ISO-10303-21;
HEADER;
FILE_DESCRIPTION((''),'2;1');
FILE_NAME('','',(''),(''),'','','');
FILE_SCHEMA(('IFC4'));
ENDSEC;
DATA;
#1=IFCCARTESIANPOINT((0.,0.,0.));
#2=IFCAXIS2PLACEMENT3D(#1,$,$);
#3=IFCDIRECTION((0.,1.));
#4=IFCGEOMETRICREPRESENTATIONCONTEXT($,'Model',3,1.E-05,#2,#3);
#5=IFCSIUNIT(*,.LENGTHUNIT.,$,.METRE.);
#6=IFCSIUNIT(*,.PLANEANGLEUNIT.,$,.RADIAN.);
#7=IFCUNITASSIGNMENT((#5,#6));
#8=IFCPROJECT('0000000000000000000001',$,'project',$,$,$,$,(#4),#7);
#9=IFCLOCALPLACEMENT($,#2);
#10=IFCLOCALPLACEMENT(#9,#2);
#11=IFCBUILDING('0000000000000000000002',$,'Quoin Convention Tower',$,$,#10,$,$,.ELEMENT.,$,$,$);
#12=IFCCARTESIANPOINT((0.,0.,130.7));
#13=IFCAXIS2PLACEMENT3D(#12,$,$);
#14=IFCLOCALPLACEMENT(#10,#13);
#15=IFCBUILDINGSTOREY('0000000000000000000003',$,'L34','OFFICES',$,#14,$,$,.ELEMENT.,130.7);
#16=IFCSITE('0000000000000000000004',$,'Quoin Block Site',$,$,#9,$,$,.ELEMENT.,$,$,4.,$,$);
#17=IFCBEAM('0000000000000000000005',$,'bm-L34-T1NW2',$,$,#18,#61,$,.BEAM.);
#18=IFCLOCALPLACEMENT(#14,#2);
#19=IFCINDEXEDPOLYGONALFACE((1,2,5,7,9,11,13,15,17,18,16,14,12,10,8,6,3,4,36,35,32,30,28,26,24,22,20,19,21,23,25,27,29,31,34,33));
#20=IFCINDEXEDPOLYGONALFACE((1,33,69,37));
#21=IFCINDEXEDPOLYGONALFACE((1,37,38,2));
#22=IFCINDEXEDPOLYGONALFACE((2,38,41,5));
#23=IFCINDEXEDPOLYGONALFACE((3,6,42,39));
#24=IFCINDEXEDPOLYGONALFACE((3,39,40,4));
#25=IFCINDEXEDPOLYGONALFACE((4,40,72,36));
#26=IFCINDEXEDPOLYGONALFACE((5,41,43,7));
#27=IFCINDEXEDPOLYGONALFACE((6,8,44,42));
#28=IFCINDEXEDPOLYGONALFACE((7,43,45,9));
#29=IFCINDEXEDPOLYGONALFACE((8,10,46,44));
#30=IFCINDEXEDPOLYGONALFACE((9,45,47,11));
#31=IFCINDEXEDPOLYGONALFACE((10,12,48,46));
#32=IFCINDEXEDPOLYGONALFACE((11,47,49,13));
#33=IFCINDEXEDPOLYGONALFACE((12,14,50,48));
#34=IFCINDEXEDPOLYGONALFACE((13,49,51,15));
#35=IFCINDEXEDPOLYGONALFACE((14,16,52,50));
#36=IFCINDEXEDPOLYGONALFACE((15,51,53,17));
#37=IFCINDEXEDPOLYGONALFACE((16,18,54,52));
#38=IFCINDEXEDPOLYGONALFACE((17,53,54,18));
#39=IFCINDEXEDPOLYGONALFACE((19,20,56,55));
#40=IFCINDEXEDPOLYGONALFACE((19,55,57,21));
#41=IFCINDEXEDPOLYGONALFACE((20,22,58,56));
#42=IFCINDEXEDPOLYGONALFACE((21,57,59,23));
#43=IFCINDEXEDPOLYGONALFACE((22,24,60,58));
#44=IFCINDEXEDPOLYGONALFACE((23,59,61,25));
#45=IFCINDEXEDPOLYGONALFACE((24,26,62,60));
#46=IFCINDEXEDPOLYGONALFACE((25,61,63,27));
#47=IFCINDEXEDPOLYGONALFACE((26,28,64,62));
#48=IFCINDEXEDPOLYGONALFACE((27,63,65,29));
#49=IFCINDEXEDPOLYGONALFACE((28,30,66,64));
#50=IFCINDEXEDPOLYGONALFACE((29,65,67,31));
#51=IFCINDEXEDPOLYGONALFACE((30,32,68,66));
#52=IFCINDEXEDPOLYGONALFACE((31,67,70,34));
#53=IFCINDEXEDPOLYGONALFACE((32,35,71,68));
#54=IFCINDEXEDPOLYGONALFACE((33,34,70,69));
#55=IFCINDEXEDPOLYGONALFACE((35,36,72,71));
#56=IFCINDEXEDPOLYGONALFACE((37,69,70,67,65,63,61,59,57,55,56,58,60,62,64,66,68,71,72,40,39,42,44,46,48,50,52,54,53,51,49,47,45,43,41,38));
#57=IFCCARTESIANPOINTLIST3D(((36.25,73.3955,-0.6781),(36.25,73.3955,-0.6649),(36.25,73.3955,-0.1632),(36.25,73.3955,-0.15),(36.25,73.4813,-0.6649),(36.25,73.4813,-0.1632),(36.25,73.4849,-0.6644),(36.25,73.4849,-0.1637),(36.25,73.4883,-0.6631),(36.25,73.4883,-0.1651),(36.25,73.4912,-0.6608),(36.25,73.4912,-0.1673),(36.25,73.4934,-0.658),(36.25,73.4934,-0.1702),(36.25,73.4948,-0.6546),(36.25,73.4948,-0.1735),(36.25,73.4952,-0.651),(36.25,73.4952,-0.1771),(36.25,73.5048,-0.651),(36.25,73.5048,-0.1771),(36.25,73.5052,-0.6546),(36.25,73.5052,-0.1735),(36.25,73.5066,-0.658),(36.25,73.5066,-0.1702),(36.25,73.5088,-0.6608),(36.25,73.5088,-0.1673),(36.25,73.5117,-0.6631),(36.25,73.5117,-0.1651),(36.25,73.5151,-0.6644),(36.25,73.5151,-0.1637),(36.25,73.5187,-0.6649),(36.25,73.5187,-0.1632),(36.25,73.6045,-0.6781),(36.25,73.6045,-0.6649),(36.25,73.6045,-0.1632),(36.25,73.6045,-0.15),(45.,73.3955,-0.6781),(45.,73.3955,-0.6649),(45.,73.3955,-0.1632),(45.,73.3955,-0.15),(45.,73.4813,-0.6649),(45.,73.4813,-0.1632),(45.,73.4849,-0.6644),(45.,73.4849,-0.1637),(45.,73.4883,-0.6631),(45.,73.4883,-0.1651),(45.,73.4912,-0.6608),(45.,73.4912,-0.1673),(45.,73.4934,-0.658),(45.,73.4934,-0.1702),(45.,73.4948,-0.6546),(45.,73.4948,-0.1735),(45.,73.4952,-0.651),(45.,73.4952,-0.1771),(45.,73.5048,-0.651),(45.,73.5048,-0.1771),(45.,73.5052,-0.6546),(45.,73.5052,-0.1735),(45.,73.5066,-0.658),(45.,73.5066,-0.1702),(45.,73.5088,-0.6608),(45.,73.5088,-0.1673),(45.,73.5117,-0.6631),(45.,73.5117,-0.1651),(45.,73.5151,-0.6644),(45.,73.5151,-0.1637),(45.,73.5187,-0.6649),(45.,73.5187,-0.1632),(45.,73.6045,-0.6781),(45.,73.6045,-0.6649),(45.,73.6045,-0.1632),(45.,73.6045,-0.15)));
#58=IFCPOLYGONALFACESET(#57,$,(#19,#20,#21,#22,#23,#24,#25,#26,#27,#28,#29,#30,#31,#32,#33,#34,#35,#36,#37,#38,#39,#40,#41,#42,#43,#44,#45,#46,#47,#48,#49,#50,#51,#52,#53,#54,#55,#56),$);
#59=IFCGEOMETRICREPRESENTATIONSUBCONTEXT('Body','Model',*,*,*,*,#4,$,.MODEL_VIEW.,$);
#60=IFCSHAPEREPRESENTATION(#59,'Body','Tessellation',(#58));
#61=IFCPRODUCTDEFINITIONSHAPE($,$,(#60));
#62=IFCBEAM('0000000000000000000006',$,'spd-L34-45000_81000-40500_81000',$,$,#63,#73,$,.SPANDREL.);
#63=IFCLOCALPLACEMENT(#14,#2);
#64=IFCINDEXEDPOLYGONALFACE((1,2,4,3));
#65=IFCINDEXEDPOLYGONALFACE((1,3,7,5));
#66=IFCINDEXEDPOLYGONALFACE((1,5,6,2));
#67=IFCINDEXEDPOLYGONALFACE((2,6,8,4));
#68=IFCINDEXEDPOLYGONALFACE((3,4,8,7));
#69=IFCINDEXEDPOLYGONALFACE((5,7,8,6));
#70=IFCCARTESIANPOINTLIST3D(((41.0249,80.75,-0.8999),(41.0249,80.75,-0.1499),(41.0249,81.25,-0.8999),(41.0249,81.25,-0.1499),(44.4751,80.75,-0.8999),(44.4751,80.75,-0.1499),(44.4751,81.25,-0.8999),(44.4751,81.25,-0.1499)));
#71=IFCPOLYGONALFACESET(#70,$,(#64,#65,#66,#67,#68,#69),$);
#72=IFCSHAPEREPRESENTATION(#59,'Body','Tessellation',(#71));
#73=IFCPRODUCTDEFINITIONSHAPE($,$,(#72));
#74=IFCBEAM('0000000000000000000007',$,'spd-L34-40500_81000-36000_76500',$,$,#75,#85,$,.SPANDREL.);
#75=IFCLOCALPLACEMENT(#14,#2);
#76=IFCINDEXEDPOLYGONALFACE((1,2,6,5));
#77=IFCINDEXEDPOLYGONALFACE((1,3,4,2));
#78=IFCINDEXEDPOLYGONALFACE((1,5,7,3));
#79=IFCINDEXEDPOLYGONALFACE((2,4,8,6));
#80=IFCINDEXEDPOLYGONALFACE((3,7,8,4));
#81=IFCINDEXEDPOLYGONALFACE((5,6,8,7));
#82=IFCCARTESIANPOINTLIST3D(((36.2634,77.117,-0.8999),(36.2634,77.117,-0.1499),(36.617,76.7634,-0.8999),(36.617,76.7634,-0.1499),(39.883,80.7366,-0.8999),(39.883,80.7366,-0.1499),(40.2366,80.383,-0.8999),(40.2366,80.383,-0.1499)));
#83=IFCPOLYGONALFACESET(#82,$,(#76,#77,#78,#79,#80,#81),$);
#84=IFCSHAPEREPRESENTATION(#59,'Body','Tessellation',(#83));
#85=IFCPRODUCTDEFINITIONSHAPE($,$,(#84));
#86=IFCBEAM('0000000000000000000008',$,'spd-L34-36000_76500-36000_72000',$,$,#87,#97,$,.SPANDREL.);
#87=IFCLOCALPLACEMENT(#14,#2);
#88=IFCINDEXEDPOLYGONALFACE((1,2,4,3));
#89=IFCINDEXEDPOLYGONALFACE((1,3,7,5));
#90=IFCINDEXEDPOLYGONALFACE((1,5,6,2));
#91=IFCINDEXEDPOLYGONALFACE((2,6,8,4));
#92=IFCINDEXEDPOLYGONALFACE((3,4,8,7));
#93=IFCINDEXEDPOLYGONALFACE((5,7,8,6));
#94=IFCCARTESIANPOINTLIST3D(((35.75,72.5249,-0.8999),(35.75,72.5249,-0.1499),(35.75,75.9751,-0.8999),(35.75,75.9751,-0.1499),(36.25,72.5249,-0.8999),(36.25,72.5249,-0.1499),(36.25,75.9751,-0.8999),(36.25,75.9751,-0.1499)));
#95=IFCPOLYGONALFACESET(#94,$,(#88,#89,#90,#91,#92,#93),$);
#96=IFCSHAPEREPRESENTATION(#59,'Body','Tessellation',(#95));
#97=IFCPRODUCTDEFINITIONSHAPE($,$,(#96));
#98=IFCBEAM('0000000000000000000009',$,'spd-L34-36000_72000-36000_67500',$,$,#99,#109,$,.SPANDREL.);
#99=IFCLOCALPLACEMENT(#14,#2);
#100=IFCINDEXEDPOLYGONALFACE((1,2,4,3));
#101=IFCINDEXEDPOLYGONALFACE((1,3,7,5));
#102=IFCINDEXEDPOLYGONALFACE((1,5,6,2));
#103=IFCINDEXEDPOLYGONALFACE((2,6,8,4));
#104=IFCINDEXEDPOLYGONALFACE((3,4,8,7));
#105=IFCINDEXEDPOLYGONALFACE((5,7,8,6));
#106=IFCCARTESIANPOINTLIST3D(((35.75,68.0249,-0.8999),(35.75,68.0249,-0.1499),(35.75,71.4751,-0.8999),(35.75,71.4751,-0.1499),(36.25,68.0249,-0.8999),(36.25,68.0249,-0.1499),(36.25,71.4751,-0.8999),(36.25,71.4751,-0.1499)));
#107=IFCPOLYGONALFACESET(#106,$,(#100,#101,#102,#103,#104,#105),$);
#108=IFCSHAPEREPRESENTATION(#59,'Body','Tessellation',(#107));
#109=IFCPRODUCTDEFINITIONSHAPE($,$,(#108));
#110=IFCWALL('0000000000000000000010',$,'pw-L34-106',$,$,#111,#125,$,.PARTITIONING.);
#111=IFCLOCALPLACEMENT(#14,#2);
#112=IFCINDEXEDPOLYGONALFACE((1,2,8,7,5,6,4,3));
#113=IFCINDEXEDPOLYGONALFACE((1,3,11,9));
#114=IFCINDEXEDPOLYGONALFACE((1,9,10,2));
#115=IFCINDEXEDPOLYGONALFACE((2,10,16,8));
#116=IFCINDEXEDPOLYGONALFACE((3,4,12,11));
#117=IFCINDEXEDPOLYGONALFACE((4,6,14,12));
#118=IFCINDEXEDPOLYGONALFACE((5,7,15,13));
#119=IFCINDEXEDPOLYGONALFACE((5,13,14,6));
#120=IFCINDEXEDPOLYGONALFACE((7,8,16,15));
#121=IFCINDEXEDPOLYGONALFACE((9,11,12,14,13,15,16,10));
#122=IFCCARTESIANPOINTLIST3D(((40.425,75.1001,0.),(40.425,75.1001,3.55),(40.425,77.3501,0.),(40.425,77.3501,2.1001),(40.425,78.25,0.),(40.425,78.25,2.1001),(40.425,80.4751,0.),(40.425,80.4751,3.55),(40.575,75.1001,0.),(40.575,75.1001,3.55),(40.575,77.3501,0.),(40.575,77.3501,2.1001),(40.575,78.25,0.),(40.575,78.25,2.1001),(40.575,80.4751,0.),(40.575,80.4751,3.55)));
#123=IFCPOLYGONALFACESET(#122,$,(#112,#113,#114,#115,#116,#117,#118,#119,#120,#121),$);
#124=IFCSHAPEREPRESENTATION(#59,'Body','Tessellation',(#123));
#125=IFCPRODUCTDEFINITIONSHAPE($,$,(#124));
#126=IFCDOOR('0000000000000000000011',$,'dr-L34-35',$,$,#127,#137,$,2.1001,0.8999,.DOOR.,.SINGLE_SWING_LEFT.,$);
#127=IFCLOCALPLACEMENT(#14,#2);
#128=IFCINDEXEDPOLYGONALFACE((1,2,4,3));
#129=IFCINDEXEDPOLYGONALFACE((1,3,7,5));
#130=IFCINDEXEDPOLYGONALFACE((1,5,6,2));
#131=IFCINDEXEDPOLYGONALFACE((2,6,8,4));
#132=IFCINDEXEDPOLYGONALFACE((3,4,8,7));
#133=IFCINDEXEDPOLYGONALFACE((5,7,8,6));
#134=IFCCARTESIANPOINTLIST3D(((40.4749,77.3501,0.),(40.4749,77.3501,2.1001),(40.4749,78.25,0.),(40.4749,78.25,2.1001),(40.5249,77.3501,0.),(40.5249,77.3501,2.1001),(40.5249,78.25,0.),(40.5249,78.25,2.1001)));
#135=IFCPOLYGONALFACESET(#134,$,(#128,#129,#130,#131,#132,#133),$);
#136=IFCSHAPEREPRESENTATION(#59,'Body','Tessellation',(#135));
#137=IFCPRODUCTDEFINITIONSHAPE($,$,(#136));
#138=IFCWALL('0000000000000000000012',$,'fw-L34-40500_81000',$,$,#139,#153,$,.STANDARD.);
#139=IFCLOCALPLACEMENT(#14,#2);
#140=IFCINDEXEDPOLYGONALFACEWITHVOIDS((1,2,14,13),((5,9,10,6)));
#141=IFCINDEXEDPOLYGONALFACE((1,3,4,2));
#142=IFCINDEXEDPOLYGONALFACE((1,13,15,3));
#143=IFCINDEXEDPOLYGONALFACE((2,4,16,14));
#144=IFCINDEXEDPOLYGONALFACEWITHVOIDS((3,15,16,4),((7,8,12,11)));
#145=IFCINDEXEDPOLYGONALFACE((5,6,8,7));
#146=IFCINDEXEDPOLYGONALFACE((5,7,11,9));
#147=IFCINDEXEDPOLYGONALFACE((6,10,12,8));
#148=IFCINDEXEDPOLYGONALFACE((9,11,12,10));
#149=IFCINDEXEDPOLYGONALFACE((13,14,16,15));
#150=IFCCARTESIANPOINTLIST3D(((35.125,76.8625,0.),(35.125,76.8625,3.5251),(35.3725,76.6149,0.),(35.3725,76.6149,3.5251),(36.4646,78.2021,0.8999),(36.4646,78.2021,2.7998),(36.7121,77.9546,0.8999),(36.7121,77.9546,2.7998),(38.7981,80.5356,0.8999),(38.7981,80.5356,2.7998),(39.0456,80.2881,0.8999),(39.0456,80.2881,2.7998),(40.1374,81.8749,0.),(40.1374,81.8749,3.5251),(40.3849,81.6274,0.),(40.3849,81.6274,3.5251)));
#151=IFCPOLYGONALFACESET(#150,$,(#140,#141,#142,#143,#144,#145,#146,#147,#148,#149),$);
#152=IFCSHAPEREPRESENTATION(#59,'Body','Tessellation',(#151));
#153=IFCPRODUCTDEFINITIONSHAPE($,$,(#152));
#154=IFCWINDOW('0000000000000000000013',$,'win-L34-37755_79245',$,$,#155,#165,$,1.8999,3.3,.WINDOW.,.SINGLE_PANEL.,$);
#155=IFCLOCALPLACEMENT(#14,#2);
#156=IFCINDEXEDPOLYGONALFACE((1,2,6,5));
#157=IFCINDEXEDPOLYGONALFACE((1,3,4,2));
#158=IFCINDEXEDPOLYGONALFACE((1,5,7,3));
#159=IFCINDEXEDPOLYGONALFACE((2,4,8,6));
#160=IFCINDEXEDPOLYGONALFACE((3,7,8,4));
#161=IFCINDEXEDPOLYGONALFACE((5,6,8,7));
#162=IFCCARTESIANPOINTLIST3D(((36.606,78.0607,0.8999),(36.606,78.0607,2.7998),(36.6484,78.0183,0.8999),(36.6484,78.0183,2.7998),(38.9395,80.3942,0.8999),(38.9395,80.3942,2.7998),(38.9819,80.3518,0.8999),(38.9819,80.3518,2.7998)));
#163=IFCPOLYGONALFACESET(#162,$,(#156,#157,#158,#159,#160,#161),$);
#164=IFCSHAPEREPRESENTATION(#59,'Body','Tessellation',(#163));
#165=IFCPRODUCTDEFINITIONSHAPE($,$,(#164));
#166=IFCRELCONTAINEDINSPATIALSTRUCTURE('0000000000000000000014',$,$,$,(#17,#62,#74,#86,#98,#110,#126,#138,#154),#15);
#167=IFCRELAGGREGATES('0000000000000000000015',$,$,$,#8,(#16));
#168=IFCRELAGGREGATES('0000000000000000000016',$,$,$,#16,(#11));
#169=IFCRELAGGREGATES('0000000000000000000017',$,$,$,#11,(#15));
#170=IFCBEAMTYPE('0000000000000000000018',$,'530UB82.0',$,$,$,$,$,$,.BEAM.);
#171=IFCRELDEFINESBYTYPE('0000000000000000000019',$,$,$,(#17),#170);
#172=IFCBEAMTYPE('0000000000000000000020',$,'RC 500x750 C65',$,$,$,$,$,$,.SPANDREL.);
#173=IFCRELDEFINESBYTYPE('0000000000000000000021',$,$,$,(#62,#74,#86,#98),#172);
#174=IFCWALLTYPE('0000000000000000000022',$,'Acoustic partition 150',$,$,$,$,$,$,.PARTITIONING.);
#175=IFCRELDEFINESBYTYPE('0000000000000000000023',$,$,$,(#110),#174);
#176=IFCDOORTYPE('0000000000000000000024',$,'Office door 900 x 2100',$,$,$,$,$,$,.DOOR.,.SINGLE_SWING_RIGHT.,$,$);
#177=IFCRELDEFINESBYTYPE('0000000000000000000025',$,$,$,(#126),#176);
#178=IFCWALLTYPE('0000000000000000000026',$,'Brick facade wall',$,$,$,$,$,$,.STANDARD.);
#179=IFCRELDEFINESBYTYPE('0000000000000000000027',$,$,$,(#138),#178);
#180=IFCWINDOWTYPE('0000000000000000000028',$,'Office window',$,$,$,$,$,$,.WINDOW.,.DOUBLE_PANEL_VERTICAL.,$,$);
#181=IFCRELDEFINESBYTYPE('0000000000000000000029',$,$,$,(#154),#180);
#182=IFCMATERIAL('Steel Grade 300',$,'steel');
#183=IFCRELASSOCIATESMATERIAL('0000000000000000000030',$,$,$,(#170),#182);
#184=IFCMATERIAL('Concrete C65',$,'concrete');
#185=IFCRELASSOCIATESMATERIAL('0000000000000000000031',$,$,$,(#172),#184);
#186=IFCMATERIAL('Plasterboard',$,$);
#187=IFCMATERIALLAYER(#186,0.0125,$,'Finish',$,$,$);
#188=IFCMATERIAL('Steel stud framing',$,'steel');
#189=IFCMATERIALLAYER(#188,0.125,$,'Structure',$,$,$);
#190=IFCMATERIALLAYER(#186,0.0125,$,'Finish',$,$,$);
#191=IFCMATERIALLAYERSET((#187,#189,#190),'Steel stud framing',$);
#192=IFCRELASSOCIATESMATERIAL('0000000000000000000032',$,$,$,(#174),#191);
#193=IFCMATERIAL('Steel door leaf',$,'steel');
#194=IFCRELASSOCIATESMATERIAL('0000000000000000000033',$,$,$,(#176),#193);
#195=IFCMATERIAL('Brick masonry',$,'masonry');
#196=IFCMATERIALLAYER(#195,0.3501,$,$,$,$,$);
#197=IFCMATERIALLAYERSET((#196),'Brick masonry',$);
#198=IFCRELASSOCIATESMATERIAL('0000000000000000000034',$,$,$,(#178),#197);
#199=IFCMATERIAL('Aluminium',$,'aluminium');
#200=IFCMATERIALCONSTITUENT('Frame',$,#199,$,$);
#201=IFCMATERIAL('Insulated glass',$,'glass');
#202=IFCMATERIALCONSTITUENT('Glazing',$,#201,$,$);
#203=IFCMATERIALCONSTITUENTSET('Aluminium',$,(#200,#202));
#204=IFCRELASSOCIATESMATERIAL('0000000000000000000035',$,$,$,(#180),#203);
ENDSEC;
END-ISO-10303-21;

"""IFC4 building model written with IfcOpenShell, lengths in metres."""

from ifc_helpers import new_model, si_unit, direction, frame, frame_2d, origin, origin_2d, place, context, subcontext, project, spatial, rectangle, i_section, extrude, material, layer, layer_set, constituent, constituent_set, material_profile, profile_set, type_object, element, fill, save


model = new_model("IFC4")

# Units and contexts
model_context = context("Model", 3, precision=1e-05, world=origin(), true_north=direction((0.0, 1.0)))
body_context = subcontext(model_context, "Body", "Model", "MODEL_VIEW")
ifc_project = project(units=[si_unit("LENGTHUNIT", "METRE"), si_unit("PLANEANGLEUNIT", "RADIAN")], contexts=[model_context])

# Site, building, storey
site_placement = place(None, origin())
site = spatial("IfcSite", under=ifc_project, at=site_placement, Name="Quoin Block Site", CompositionType="ELEMENT", RefElevation=4.0)
building_placement = place(site_placement, origin())
building = spatial("IfcBuilding", under=site, at=building_placement, Name="Quoin Convention Tower", CompositionType="ELEMENT")
storey_placement = place(building_placement, frame((0.0, 0.0, 130.7)))
storey = spatial("IfcBuildingStorey", under=building, at=storey_placement, Name="L34", Description="OFFICES", CompositionType="ELEMENT", Elevation=130.7)

# Shared definitions
ifc_material_1 = material(Name="Concrete C65", Category="concrete")

# Beams
ifc_material_2 = material(Name="Steel Grade 300", Category="steel")
ifc_material_profile_1 = material_profile(ifc_material_2, i_section(OverallWidth=0.209, OverallDepth=0.5281, WebThickness=0.0095, FlangeThickness=0.0132, FilletRadius=0.0139, at=origin_2d()), Name="530UB82.0")
ifc_profile_set_1 = profile_set([ifc_material_profile_1], Name="Steel Grade 300")
beam_type_1 = type_object("IfcBeamType", Name="530UB82.0", PredefinedType="BEAM", material=ifc_profile_set_1)
beam_1_placement = place(storey_placement, frame((36.25, 73.5, -0.4141), z_axis=(1.0, 0.0, 0.0), x_axis=(0.0, 1.0, 0.0)))
element("IfcBeam", 1, at=beam_1_placement, inside=storey, type_object=beam_type_1, Name="bm-L34-T1NW2", PredefinedType="BEAM", context=body_context, shape_type="SweptSolid", body=[
    extrude(i_section(OverallWidth=0.209, OverallDepth=0.5281, WebThickness=0.0095, FlangeThickness=0.0132, FilletRadius=0.0139, at=origin_2d()), origin(), (0.0, 0.0, 1.0), 8.75),
])
ifc_material_profile_2 = material_profile(ifc_material_1, rectangle(XDim=0.5, YDim=0.75, at=origin_2d()), Name="RC 500x750")
ifc_profile_set_2 = profile_set([ifc_material_profile_2], Name="Concrete C65")
beam_type_2 = type_object("IfcBeamType", Name="RC 500x750 C65", PredefinedType="SPANDREL", material=ifc_profile_set_2)
beam_2_placement = place(storey_placement, frame((44.4751, 81.0, -0.5249), z_axis=(-1.0, 0.0, 0.0), x_axis=(0.0, -1.0, 0.0)))
element("IfcBeam", 2, at=beam_2_placement, inside=storey, type_object=beam_type_2, Name="spd-L34-45000_81000-40500_81000", PredefinedType="SPANDREL", context=body_context, shape_type="SweptSolid", body=[
    extrude(rectangle(XDim=0.5, YDim=0.75, at=origin_2d()), origin(), (0.0, 0.0, 1.0), 3.4502),
])
beam_3_placement = place(storey_placement, frame((40.0598, 80.5598, -0.5249), z_axis=(-0.707107, -0.707107, 0.0), x_axis=(0.707107, -0.707107, 0.0)))
element("IfcBeam", 3, at=beam_3_placement, inside=storey, type_object=beam_type_2, Name="spd-L34-40500_81000-36000_76500", PredefinedType="SPANDREL", context=body_context, shape_type="SweptSolid", body=[
    extrude(rectangle(XDim=0.5, YDim=0.75, at=origin_2d()), origin(), (0.0, 0.0, 1.0), 5.1189),
])
for number, where, z_axis, x_axis, name in (
    (4, (36.0, 75.9751, -0.5249), (0.0, -1.0, 0.0), (1.0, 0.0, 0.0), "spd-L34-36000_76500-36000_72000"),
    (5, (36.0, 71.4751, -0.5249), (0.0, -1.0, 0.0), (1.0, 0.0, 0.0), "spd-L34-36000_72000-36000_67500"),
):
    element("IfcBeam", number, at=place(storey_placement, frame(where, z_axis=z_axis, x_axis=x_axis)), inside=storey, type_object=beam_type_2, Name=name, PredefinedType="SPANDREL", context=body_context, shape_type="SweptSolid", body=[
        extrude(rectangle(XDim=0.5, YDim=0.75, at=origin_2d()), origin(), (0.0, 0.0, 1.0), 3.4502),
    ])

# Wall, opening, door
ifc_material_3 = material(Name="Plasterboard")
ifc_layer_1 = layer(ifc_material_3, 0.0125, Name="Finish")
ifc_material_4 = material(Name="Steel stud framing", Category="steel")
ifc_layer_2 = layer(ifc_material_4, 0.125, Name="Structure")
ifc_layer_3 = layer(ifc_material_3, 0.0125, Name="Finish")
ifc_layer_set_1 = layer_set([ifc_layer_1, ifc_layer_2, ifc_layer_3], Name="Steel stud framing")
wall_type_1 = type_object("IfcWallType", Name="Acoustic partition 150", PredefinedType="PARTITIONING", material=ifc_layer_set_1)
wall_1_placement = place(storey_placement, frame((40.5, 75.1001, 0.0), z_axis=(0.0, 0.0, 1.0), x_axis=(0.0, 1.0, 0.0)))
wall_1 = element("IfcWall", 6, at=wall_1_placement, inside=storey, type_object=wall_type_1, Name="pw-L34-106", PredefinedType="PARTITIONING", context=body_context, shape_type="SweptSolid", body=[
    extrude(rectangle(XDim=5.375, YDim=0.1499, at=frame_2d((2.6875, 0.0))), origin(), (0.0, 0.0, 1.0), 3.55),
])
opening_1_placement = place(wall_1_placement, frame((2.25, 0.0, 0.0)))
opening_1 = element("IfcOpeningElement", 7, at=opening_1_placement, cuts=wall_1, PredefinedType="OPENING", context=body_context, shape_type="SweptSolid", body=[
    extrude(rectangle(XDim=0.8999, YDim=2.1001, at=frame_2d((0.45, 1.05))), frame((0.0, 0.085, 0.0), z_axis=(0.0, -1.0, 0.0), x_axis=(1.0, 0.0, 0.0)), (0.0, 0.0, 1.0), 0.1699),
])
ifc_material_5 = material(Name="Steel door leaf", Category="steel")
door_type_1 = type_object("IfcDoorType", Name="Office door 900 x 2100", OperationType="SINGLE_SWING_RIGHT", PredefinedType="DOOR", material=ifc_material_5)
door_1_placement = place(opening_1_placement, frame((0.8999, 0.0, 0.0), z_axis=(0.0, 0.0, 1.0), x_axis=(-1.0, 0.0, 0.0)))
door_1 = element("IfcDoor", 8, at=door_1_placement, inside=storey, type_object=door_type_1, Name="dr-L34-35", OperationType="SINGLE_SWING_LEFT", OverallHeight=2.1001, OverallWidth=0.8999, PredefinedType="DOOR", context=body_context, shape_type="SweptSolid", body=[
    extrude(rectangle(XDim=0.8999, YDim=2.1001, at=frame_2d((0.45, 1.05))), frame((0.0, 0.0249, 0.0), z_axis=(0.0, -1.0, 0.0), x_axis=(1.0, 0.0, 0.0)), (0.0, 0.0, 1.0), 0.05),
])
fill(opening_1, door_1)

# Wall, opening, window
ifc_material_6 = material(Name="Brick masonry", Category="masonry")
ifc_layer_4 = layer(ifc_material_6, 0.3501)
ifc_layer_set_2 = layer_set([ifc_layer_4], Name="Brick masonry")
wall_type_2 = type_object("IfcWallType", Name="Brick facade wall", PredefinedType="STANDARD", material=ifc_layer_set_2)
wall_2_placement = place(storey_placement, frame((40.2612, 81.7512, 0.0), z_axis=(0.0, 0.0, 1.0), x_axis=(-0.707107, -0.707107, 0.0)))
wall_2 = element("IfcWall", 9, at=wall_2_placement, inside=storey, type_object=wall_type_2, Name="fw-L34-40500_81000", PredefinedType="STANDARD", context=body_context, shape_type="SweptSolid", body=[
    extrude(rectangle(XDim=7.0886, YDim=0.3501, at=frame_2d((3.5444, 0.0))), origin(), (0.0, 0.0, 1.0), 3.5251),
])
opening_2_placement = place(wall_2_placement, frame((1.8943, 0.0, 0.8999)))
opening_2 = element("IfcOpeningElement", 10, at=opening_2_placement, cuts=wall_2, PredefinedType="OPENING", context=body_context, shape_type="SweptSolid", body=[
    extrude(rectangle(XDim=3.3, YDim=1.8999, at=frame_2d((1.6499, 0.95))), frame((0.0, 0.1851, 0.0), z_axis=(0.0, -1.0, 0.0), x_axis=(1.0, 0.0, 0.0)), (0.0, 0.0, 1.0), 0.3701),
])
ifc_material_7 = material(Name="Aluminium", Category="aluminium")
ifc_constituent_1 = constituent(ifc_material_7, Name="Frame")
ifc_material_8 = material(Name="Insulated glass", Category="glass")
ifc_constituent_2 = constituent(ifc_material_8, Name="Glazing")
ifc_constituent_set = constituent_set(constituents=[ifc_constituent_1, ifc_constituent_2], Name="Aluminium")
window_type = type_object("IfcWindowType", Name="Office window", PartitioningType="DOUBLE_PANEL_VERTICAL", PredefinedType="WINDOW", material=ifc_constituent_set)
window_placement = place(opening_2_placement, origin())
window = element("IfcWindow", 11, at=window_placement, inside=storey, type_object=window_type, Name="win-L34-37755_79245", OverallHeight=1.8999, OverallWidth=3.3, PartitioningType="SINGLE_PANEL", PredefinedType="WINDOW", context=body_context, shape_type="SweptSolid", body=[
    extrude(rectangle(XDim=3.3, YDim=1.8999, at=frame_2d((1.6499, 0.95))), frame((0.0, 0.085, 0.0), z_axis=(0.0, -1.0, 0.0), x_axis=(1.0, 0.0, 0.0)), (0.0, 0.0, 1.0), 0.0601),
])
fill(opening_2, window)

save(model, "model.ifc")
